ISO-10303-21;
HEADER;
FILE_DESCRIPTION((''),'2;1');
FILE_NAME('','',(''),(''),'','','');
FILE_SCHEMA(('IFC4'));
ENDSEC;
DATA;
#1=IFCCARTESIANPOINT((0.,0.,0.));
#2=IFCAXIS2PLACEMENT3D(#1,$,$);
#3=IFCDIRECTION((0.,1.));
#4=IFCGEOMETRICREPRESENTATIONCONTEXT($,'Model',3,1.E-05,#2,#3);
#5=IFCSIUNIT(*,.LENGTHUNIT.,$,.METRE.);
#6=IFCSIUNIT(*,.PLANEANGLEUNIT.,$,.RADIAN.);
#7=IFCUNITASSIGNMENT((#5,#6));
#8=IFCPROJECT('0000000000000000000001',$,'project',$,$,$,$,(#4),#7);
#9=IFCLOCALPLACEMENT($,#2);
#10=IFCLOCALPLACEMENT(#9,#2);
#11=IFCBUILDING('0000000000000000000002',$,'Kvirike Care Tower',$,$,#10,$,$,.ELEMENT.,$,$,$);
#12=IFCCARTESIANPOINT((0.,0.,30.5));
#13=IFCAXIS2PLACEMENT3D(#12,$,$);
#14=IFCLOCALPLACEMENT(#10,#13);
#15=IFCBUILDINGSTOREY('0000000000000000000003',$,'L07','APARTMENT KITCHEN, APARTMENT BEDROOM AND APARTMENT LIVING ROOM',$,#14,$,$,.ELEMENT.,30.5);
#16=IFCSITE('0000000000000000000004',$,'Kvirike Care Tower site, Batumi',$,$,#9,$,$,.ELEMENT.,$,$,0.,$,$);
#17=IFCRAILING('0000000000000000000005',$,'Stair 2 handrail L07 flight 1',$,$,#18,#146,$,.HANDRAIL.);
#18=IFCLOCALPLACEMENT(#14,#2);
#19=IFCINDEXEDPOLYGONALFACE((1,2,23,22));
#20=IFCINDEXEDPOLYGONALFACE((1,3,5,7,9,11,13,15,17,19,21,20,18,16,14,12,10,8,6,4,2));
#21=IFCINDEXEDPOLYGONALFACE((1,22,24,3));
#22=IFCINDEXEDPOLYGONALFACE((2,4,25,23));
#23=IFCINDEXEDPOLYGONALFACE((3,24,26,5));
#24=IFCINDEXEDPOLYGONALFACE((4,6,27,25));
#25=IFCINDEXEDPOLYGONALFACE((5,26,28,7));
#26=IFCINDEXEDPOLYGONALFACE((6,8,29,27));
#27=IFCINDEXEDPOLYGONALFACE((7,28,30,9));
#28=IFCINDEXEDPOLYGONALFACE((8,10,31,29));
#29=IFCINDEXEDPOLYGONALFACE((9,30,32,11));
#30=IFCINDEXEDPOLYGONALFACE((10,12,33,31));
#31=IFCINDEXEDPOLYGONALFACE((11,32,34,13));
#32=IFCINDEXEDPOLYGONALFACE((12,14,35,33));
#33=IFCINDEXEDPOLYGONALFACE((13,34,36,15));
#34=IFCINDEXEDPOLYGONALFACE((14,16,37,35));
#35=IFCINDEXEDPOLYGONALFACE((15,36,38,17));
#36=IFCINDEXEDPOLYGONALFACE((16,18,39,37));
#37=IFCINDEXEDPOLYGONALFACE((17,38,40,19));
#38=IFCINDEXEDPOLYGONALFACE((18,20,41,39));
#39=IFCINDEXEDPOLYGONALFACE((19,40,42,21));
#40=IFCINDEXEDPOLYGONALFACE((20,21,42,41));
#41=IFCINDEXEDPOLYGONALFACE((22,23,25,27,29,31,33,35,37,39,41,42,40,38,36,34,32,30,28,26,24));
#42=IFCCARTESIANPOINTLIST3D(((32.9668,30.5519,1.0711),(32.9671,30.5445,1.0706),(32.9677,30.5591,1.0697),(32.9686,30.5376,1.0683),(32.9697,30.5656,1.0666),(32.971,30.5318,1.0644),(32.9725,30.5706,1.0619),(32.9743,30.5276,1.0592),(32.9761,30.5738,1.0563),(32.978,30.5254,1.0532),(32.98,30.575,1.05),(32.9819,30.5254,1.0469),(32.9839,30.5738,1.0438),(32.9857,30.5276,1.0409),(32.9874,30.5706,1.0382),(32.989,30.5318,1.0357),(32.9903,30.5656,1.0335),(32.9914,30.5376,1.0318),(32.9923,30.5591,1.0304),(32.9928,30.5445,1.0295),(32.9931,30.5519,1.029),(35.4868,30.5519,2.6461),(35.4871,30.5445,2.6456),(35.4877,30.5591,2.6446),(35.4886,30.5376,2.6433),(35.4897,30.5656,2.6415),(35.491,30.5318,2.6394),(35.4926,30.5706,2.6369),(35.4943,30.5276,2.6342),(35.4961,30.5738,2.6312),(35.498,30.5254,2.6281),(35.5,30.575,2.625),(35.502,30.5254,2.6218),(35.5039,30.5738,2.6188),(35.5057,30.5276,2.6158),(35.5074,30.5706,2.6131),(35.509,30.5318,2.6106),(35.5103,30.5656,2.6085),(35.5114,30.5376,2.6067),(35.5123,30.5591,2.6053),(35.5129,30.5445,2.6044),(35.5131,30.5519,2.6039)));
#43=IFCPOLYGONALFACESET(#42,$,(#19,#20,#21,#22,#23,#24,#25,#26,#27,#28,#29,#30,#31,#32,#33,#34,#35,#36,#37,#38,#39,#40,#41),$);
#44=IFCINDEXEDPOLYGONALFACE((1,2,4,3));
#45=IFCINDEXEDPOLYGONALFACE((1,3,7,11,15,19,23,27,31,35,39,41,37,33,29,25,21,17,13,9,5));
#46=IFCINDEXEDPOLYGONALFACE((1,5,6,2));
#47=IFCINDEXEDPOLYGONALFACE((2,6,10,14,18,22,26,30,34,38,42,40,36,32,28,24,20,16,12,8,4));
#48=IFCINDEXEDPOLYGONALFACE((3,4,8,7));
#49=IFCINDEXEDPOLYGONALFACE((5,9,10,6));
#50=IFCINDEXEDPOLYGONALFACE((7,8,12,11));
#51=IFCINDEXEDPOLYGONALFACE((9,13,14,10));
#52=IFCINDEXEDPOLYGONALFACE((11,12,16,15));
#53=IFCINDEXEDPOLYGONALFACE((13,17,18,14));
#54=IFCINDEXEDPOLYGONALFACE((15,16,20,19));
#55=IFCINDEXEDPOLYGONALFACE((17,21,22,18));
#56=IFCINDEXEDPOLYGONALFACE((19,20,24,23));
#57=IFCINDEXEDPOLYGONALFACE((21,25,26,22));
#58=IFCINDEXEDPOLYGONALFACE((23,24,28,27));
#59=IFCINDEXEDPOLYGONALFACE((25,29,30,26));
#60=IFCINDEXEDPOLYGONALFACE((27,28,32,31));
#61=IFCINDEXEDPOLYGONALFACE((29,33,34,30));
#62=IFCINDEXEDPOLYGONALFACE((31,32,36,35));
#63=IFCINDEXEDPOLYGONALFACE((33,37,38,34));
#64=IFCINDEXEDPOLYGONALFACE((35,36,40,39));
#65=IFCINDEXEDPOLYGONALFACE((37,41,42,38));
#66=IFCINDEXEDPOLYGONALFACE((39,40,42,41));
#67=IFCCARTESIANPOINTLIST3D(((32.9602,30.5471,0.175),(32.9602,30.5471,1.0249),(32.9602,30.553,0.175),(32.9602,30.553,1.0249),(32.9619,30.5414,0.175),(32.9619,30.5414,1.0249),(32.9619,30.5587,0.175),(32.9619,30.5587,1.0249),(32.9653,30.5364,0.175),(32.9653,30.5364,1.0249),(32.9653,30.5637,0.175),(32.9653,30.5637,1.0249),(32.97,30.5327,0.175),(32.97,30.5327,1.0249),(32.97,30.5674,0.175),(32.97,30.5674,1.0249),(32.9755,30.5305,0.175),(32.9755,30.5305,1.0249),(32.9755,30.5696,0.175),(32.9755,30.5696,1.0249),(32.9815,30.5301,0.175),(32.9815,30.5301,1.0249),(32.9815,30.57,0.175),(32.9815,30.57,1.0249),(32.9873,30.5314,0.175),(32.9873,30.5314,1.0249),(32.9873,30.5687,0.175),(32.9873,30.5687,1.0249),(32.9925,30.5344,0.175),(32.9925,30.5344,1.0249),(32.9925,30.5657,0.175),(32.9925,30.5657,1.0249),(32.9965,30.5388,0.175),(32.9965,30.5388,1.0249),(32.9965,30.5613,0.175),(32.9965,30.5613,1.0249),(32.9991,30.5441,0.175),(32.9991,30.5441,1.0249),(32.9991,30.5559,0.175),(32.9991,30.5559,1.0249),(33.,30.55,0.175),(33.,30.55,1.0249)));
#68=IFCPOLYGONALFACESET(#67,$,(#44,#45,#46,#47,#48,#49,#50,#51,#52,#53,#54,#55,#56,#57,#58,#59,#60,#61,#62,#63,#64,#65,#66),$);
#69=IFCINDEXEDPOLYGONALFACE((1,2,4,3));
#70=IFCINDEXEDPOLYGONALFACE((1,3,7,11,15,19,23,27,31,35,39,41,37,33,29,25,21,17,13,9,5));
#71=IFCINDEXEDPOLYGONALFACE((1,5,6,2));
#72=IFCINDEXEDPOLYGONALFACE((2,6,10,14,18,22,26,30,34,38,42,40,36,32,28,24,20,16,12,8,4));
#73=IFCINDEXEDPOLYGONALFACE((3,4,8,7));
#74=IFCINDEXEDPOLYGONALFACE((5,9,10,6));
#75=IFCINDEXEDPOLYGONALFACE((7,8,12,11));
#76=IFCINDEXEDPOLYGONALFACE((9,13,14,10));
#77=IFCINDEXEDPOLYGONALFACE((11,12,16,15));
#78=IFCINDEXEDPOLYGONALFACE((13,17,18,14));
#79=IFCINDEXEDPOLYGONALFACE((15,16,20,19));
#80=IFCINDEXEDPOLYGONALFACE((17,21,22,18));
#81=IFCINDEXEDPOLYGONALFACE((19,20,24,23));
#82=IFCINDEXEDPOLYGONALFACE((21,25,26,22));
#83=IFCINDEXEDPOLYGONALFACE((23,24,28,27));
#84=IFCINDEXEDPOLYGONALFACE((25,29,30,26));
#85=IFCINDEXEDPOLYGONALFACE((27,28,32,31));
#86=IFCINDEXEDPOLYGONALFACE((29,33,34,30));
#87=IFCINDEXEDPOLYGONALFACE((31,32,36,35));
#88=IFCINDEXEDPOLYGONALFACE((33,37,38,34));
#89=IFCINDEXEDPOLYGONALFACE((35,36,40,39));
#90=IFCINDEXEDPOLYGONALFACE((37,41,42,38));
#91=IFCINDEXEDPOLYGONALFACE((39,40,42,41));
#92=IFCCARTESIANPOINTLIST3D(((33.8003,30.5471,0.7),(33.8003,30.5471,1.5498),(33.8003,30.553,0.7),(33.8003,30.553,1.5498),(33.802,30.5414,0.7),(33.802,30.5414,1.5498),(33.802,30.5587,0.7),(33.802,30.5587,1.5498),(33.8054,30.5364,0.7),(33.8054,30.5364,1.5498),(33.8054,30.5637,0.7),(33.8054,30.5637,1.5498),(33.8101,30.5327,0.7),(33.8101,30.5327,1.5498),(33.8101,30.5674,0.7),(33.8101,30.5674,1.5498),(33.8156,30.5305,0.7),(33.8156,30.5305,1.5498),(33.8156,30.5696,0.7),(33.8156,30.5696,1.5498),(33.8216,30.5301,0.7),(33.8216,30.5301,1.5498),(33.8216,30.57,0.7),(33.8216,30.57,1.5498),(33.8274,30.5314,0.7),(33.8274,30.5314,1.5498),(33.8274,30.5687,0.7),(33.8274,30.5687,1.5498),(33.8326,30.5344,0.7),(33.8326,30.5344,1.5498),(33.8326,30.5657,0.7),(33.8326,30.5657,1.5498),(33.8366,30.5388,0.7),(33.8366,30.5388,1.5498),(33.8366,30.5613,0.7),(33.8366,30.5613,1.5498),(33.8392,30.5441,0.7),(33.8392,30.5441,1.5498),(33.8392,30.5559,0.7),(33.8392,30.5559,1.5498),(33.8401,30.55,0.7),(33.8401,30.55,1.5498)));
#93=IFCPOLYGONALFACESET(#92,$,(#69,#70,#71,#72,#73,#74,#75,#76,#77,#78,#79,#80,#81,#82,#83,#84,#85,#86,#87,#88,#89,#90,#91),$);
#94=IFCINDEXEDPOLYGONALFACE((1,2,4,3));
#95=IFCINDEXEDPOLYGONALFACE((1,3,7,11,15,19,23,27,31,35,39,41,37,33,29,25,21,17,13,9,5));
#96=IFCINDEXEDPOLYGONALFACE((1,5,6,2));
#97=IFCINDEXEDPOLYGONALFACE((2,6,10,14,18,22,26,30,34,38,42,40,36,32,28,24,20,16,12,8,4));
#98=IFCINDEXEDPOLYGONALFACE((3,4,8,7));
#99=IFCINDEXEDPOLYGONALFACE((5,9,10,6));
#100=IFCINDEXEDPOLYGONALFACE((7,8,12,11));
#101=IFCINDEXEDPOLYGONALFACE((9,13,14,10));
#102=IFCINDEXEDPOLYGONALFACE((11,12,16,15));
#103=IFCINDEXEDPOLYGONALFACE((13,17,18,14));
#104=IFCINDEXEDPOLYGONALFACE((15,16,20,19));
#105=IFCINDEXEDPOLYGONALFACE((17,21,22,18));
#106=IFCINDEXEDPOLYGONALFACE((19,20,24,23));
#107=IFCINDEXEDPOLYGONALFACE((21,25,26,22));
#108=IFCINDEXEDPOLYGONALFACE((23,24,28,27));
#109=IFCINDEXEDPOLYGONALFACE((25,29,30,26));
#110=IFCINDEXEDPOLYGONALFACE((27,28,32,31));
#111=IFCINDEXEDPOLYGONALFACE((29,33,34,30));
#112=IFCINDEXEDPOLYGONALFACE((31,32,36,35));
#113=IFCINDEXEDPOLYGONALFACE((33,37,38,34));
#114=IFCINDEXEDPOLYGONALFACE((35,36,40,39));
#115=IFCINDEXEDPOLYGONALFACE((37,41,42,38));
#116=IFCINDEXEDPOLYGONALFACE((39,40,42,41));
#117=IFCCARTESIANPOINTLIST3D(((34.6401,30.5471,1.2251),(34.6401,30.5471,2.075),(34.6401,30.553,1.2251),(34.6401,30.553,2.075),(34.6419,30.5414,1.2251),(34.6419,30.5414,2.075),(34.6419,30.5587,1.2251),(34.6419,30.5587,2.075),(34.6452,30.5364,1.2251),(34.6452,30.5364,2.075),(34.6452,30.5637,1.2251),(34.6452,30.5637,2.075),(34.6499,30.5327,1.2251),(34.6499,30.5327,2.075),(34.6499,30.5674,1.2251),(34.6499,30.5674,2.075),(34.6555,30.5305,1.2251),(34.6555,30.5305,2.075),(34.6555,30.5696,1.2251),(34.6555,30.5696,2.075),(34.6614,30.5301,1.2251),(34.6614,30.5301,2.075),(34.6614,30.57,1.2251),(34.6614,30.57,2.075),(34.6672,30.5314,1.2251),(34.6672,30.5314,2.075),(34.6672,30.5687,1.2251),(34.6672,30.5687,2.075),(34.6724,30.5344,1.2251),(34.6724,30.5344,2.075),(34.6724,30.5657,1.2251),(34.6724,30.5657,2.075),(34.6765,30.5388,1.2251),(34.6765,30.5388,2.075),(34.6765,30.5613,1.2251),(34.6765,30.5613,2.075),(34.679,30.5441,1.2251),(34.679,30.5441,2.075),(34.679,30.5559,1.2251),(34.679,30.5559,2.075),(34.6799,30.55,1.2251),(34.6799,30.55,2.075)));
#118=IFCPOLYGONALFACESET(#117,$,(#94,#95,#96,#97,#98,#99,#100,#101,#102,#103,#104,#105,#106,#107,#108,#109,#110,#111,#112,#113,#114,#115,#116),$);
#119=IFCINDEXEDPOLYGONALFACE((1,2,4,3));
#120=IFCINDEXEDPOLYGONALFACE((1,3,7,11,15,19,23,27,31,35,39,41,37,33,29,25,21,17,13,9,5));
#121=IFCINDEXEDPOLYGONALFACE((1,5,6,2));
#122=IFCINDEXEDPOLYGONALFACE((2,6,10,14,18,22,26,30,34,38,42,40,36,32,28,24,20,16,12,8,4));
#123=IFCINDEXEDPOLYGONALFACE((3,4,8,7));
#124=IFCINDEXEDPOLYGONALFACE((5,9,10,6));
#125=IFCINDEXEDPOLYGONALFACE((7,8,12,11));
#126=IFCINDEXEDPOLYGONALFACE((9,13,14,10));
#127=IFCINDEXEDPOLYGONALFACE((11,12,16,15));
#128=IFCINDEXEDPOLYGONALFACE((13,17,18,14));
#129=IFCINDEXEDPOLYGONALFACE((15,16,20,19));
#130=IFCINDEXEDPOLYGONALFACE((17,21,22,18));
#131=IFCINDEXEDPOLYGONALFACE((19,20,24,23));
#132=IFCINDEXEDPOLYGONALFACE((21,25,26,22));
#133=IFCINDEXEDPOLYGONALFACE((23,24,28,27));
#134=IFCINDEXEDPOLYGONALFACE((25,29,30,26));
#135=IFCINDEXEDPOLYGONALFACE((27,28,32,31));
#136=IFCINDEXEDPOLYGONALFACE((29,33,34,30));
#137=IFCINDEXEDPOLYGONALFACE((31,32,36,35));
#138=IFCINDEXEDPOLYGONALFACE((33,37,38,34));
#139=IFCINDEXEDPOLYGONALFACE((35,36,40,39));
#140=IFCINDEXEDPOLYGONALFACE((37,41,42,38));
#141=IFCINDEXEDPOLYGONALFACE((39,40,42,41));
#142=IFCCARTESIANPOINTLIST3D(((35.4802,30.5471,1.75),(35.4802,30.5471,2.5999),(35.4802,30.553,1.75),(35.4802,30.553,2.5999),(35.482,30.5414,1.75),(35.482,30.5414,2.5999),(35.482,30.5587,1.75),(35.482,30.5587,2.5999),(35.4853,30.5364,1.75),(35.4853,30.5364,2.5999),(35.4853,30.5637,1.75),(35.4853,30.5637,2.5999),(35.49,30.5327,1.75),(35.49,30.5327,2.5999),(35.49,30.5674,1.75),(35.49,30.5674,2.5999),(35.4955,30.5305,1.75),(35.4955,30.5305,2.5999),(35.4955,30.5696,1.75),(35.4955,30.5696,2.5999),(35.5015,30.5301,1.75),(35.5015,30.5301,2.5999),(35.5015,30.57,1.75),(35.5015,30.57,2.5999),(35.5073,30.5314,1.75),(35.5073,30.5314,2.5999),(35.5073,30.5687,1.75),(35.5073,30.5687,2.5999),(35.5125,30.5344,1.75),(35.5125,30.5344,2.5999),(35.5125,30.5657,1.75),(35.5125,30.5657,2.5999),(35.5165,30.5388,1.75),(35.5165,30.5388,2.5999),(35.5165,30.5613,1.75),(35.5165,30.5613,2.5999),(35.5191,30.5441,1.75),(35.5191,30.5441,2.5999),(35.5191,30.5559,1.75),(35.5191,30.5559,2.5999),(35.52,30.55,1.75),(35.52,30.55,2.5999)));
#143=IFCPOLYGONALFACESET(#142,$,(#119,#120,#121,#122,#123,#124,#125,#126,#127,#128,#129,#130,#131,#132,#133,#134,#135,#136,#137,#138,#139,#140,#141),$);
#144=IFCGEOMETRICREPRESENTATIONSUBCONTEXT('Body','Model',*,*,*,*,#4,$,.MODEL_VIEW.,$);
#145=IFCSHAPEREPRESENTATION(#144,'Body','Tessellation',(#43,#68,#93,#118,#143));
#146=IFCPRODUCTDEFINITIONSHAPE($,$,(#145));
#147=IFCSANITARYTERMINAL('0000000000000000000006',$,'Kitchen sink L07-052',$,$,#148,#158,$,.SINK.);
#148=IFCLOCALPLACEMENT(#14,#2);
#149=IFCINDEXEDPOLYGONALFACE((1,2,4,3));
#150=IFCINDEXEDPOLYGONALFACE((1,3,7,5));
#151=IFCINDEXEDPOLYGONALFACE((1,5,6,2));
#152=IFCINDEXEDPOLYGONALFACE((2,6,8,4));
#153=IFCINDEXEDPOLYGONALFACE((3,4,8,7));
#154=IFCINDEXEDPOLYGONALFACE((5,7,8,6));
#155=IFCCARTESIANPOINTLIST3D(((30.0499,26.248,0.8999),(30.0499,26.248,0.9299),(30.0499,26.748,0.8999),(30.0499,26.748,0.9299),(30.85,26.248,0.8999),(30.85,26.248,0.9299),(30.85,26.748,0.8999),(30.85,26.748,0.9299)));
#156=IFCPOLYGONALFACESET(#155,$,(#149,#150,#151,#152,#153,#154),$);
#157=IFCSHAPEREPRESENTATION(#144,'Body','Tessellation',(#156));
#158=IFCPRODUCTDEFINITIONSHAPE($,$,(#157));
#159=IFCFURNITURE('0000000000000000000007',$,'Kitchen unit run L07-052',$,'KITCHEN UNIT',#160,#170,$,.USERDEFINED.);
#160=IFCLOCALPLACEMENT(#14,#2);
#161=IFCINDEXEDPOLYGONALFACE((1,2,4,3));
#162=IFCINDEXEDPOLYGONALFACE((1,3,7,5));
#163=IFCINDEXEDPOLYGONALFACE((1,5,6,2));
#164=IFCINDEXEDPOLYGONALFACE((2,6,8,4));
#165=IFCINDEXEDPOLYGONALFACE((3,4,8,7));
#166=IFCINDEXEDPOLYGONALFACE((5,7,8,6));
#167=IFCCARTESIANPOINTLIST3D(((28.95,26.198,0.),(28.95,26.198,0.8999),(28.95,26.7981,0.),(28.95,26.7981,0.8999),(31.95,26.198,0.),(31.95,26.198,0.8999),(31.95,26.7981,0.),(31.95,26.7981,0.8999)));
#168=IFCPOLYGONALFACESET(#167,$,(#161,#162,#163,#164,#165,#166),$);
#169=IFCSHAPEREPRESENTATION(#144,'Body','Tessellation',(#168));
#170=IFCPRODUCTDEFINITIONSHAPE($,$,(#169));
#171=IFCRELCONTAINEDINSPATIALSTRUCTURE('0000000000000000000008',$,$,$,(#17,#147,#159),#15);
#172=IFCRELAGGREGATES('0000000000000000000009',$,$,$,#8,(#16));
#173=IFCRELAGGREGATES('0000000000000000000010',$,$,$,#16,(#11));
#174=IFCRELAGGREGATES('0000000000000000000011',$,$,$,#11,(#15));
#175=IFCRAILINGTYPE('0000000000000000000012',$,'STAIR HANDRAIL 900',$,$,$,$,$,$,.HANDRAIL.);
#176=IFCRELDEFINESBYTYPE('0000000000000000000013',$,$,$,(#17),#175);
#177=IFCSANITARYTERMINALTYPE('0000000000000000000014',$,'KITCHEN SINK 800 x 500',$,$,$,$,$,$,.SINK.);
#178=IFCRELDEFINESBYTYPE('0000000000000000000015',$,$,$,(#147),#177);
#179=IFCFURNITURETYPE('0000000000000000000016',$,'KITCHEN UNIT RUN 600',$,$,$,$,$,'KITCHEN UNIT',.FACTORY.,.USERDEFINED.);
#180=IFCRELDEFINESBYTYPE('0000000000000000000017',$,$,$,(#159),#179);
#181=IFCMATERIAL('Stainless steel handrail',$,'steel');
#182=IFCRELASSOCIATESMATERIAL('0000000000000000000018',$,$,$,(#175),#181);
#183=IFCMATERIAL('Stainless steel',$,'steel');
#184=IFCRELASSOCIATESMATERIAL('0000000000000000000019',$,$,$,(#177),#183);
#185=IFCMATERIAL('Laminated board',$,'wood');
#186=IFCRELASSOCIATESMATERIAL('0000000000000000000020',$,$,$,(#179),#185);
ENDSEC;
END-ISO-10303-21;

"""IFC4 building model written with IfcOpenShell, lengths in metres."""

from ifc_helpers import new_model, si_unit, direction, frame, origin, origin_2d, place, context, subcontext, project, spatial, rectangle, circle, extrude, material, type_object, element, save


model = new_model("IFC4")

# Units and contexts
model_context = context("Model", 3, precision=1e-05, world=origin(), true_north=direction((0.0, 1.0)))
body_context = subcontext(model_context, "Body", "Model", "MODEL_VIEW")
ifc_project = project(units=[si_unit("LENGTHUNIT", "METRE"), si_unit("PLANEANGLEUNIT", "RADIAN")], contexts=[model_context])

# Site, building, storey
site_placement = place(None, origin())
site = spatial("IfcSite", under=ifc_project, at=site_placement, Name="Kvirike Care Tower site, Batumi", CompositionType="ELEMENT", RefElevation=0.0)
building_placement = place(site_placement, origin())
building = spatial("IfcBuilding", under=site, at=building_placement, Name="Kvirike Care Tower", CompositionType="ELEMENT")
storey_placement = place(building_placement, frame((0.0, 0.0, 30.5)))
storey = spatial("IfcBuildingStorey", under=building, at=storey_placement, Name="L07", Description="APARTMENT KITCHEN, APARTMENT BEDROOM AND APARTMENT LIVING ROOM", CompositionType="ELEMENT", Elevation=30.5)

# Railing
ifc_material_1 = material(Name="Stainless steel handrail", Category="steel")
railing_type = type_object("IfcRailingType", Name="STAIR HANDRAIL 900", PredefinedType="HANDRAIL", material=ifc_material_1)
railing_placement = place(storey_placement, frame((32.98, 30.55, 0.175)))
element("IfcRailing", 1, at=railing_placement, inside=storey, type_object=railing_type, Name="Stair 2 handrail L07 flight 1", PredefinedType="HANDRAIL", context=body_context, shape_type="SweptSolid", body=[
    extrude(circle(Radius=0.0249, at=origin_2d()), frame((0.0, 0.0, 0.875), z_axis=(0.848008, 0.0, 0.529984), x_axis=(0.0, 1.0, 0.0)), (0.0, 0.0, 1.0), 2.9717),
    extrude(circle(Radius=0.02, at=origin_2d()), origin(), (0.0, 0.0, 1.0), 0.8499),
    extrude(circle(Radius=0.02, at=origin_2d()), frame((0.8401, 0.0, 0.5249)), (0.0, 0.0, 1.0), 0.8499),
    extrude(circle(Radius=0.02, at=origin_2d()), frame((1.6799, 0.0, 1.05)), (0.0, 0.0, 1.0), 0.8499),
    extrude(circle(Radius=0.02, at=origin_2d()), frame((2.52, 0.0, 1.575)), (0.0, 0.0, 1.0), 0.8499),
])

# Sanitary terminal
ifc_material_2 = material(Name="Stainless steel", Category="steel")
sanitary_terminal_type = type_object("IfcSanitaryTerminalType", Name="KITCHEN SINK 800 x 500", PredefinedType="SINK", material=ifc_material_2)
sanitary_terminal_placement = place(storey_placement, frame((30.45, 26.498, 0.8999), z_axis=(0.0, 0.0, 1.0), x_axis=(1.0, 0.0, 0.0)))
element("IfcSanitaryTerminal", 2, at=sanitary_terminal_placement, inside=storey, type_object=sanitary_terminal_type, Name="Kitchen sink L07-052", PredefinedType="SINK", context=body_context, shape_type="SweptSolid", body=[
    extrude(rectangle(XDim=0.8, YDim=0.5, at=origin_2d()), origin(), (0.0, 0.0, 1.0), 0.03),
])

# Furniture
ifc_material_3 = material(Name="Laminated board", Category="wood")
furniture_type = type_object("IfcFurnitureType", Name="KITCHEN UNIT RUN 600", ElementType="KITCHEN UNIT", AssemblyPlace="FACTORY", PredefinedType="USERDEFINED", material=ifc_material_3)
furniture_placement = place(storey_placement, frame((30.45, 26.498, 0.0), z_axis=(0.0, 0.0, 1.0), x_axis=(1.0, 0.0, 0.0)))
element("IfcFurniture", 3, at=furniture_placement, inside=storey, type_object=furniture_type, Name="Kitchen unit run L07-052", ObjectType="KITCHEN UNIT", PredefinedType="USERDEFINED", context=body_context, shape_type="SweptSolid", body=[
    extrude(rectangle(XDim=3.0, YDim=0.6001, at=origin_2d()), origin(), (0.0, 0.0, 1.0), 0.8999),
])

save(model, "model.ifc")
